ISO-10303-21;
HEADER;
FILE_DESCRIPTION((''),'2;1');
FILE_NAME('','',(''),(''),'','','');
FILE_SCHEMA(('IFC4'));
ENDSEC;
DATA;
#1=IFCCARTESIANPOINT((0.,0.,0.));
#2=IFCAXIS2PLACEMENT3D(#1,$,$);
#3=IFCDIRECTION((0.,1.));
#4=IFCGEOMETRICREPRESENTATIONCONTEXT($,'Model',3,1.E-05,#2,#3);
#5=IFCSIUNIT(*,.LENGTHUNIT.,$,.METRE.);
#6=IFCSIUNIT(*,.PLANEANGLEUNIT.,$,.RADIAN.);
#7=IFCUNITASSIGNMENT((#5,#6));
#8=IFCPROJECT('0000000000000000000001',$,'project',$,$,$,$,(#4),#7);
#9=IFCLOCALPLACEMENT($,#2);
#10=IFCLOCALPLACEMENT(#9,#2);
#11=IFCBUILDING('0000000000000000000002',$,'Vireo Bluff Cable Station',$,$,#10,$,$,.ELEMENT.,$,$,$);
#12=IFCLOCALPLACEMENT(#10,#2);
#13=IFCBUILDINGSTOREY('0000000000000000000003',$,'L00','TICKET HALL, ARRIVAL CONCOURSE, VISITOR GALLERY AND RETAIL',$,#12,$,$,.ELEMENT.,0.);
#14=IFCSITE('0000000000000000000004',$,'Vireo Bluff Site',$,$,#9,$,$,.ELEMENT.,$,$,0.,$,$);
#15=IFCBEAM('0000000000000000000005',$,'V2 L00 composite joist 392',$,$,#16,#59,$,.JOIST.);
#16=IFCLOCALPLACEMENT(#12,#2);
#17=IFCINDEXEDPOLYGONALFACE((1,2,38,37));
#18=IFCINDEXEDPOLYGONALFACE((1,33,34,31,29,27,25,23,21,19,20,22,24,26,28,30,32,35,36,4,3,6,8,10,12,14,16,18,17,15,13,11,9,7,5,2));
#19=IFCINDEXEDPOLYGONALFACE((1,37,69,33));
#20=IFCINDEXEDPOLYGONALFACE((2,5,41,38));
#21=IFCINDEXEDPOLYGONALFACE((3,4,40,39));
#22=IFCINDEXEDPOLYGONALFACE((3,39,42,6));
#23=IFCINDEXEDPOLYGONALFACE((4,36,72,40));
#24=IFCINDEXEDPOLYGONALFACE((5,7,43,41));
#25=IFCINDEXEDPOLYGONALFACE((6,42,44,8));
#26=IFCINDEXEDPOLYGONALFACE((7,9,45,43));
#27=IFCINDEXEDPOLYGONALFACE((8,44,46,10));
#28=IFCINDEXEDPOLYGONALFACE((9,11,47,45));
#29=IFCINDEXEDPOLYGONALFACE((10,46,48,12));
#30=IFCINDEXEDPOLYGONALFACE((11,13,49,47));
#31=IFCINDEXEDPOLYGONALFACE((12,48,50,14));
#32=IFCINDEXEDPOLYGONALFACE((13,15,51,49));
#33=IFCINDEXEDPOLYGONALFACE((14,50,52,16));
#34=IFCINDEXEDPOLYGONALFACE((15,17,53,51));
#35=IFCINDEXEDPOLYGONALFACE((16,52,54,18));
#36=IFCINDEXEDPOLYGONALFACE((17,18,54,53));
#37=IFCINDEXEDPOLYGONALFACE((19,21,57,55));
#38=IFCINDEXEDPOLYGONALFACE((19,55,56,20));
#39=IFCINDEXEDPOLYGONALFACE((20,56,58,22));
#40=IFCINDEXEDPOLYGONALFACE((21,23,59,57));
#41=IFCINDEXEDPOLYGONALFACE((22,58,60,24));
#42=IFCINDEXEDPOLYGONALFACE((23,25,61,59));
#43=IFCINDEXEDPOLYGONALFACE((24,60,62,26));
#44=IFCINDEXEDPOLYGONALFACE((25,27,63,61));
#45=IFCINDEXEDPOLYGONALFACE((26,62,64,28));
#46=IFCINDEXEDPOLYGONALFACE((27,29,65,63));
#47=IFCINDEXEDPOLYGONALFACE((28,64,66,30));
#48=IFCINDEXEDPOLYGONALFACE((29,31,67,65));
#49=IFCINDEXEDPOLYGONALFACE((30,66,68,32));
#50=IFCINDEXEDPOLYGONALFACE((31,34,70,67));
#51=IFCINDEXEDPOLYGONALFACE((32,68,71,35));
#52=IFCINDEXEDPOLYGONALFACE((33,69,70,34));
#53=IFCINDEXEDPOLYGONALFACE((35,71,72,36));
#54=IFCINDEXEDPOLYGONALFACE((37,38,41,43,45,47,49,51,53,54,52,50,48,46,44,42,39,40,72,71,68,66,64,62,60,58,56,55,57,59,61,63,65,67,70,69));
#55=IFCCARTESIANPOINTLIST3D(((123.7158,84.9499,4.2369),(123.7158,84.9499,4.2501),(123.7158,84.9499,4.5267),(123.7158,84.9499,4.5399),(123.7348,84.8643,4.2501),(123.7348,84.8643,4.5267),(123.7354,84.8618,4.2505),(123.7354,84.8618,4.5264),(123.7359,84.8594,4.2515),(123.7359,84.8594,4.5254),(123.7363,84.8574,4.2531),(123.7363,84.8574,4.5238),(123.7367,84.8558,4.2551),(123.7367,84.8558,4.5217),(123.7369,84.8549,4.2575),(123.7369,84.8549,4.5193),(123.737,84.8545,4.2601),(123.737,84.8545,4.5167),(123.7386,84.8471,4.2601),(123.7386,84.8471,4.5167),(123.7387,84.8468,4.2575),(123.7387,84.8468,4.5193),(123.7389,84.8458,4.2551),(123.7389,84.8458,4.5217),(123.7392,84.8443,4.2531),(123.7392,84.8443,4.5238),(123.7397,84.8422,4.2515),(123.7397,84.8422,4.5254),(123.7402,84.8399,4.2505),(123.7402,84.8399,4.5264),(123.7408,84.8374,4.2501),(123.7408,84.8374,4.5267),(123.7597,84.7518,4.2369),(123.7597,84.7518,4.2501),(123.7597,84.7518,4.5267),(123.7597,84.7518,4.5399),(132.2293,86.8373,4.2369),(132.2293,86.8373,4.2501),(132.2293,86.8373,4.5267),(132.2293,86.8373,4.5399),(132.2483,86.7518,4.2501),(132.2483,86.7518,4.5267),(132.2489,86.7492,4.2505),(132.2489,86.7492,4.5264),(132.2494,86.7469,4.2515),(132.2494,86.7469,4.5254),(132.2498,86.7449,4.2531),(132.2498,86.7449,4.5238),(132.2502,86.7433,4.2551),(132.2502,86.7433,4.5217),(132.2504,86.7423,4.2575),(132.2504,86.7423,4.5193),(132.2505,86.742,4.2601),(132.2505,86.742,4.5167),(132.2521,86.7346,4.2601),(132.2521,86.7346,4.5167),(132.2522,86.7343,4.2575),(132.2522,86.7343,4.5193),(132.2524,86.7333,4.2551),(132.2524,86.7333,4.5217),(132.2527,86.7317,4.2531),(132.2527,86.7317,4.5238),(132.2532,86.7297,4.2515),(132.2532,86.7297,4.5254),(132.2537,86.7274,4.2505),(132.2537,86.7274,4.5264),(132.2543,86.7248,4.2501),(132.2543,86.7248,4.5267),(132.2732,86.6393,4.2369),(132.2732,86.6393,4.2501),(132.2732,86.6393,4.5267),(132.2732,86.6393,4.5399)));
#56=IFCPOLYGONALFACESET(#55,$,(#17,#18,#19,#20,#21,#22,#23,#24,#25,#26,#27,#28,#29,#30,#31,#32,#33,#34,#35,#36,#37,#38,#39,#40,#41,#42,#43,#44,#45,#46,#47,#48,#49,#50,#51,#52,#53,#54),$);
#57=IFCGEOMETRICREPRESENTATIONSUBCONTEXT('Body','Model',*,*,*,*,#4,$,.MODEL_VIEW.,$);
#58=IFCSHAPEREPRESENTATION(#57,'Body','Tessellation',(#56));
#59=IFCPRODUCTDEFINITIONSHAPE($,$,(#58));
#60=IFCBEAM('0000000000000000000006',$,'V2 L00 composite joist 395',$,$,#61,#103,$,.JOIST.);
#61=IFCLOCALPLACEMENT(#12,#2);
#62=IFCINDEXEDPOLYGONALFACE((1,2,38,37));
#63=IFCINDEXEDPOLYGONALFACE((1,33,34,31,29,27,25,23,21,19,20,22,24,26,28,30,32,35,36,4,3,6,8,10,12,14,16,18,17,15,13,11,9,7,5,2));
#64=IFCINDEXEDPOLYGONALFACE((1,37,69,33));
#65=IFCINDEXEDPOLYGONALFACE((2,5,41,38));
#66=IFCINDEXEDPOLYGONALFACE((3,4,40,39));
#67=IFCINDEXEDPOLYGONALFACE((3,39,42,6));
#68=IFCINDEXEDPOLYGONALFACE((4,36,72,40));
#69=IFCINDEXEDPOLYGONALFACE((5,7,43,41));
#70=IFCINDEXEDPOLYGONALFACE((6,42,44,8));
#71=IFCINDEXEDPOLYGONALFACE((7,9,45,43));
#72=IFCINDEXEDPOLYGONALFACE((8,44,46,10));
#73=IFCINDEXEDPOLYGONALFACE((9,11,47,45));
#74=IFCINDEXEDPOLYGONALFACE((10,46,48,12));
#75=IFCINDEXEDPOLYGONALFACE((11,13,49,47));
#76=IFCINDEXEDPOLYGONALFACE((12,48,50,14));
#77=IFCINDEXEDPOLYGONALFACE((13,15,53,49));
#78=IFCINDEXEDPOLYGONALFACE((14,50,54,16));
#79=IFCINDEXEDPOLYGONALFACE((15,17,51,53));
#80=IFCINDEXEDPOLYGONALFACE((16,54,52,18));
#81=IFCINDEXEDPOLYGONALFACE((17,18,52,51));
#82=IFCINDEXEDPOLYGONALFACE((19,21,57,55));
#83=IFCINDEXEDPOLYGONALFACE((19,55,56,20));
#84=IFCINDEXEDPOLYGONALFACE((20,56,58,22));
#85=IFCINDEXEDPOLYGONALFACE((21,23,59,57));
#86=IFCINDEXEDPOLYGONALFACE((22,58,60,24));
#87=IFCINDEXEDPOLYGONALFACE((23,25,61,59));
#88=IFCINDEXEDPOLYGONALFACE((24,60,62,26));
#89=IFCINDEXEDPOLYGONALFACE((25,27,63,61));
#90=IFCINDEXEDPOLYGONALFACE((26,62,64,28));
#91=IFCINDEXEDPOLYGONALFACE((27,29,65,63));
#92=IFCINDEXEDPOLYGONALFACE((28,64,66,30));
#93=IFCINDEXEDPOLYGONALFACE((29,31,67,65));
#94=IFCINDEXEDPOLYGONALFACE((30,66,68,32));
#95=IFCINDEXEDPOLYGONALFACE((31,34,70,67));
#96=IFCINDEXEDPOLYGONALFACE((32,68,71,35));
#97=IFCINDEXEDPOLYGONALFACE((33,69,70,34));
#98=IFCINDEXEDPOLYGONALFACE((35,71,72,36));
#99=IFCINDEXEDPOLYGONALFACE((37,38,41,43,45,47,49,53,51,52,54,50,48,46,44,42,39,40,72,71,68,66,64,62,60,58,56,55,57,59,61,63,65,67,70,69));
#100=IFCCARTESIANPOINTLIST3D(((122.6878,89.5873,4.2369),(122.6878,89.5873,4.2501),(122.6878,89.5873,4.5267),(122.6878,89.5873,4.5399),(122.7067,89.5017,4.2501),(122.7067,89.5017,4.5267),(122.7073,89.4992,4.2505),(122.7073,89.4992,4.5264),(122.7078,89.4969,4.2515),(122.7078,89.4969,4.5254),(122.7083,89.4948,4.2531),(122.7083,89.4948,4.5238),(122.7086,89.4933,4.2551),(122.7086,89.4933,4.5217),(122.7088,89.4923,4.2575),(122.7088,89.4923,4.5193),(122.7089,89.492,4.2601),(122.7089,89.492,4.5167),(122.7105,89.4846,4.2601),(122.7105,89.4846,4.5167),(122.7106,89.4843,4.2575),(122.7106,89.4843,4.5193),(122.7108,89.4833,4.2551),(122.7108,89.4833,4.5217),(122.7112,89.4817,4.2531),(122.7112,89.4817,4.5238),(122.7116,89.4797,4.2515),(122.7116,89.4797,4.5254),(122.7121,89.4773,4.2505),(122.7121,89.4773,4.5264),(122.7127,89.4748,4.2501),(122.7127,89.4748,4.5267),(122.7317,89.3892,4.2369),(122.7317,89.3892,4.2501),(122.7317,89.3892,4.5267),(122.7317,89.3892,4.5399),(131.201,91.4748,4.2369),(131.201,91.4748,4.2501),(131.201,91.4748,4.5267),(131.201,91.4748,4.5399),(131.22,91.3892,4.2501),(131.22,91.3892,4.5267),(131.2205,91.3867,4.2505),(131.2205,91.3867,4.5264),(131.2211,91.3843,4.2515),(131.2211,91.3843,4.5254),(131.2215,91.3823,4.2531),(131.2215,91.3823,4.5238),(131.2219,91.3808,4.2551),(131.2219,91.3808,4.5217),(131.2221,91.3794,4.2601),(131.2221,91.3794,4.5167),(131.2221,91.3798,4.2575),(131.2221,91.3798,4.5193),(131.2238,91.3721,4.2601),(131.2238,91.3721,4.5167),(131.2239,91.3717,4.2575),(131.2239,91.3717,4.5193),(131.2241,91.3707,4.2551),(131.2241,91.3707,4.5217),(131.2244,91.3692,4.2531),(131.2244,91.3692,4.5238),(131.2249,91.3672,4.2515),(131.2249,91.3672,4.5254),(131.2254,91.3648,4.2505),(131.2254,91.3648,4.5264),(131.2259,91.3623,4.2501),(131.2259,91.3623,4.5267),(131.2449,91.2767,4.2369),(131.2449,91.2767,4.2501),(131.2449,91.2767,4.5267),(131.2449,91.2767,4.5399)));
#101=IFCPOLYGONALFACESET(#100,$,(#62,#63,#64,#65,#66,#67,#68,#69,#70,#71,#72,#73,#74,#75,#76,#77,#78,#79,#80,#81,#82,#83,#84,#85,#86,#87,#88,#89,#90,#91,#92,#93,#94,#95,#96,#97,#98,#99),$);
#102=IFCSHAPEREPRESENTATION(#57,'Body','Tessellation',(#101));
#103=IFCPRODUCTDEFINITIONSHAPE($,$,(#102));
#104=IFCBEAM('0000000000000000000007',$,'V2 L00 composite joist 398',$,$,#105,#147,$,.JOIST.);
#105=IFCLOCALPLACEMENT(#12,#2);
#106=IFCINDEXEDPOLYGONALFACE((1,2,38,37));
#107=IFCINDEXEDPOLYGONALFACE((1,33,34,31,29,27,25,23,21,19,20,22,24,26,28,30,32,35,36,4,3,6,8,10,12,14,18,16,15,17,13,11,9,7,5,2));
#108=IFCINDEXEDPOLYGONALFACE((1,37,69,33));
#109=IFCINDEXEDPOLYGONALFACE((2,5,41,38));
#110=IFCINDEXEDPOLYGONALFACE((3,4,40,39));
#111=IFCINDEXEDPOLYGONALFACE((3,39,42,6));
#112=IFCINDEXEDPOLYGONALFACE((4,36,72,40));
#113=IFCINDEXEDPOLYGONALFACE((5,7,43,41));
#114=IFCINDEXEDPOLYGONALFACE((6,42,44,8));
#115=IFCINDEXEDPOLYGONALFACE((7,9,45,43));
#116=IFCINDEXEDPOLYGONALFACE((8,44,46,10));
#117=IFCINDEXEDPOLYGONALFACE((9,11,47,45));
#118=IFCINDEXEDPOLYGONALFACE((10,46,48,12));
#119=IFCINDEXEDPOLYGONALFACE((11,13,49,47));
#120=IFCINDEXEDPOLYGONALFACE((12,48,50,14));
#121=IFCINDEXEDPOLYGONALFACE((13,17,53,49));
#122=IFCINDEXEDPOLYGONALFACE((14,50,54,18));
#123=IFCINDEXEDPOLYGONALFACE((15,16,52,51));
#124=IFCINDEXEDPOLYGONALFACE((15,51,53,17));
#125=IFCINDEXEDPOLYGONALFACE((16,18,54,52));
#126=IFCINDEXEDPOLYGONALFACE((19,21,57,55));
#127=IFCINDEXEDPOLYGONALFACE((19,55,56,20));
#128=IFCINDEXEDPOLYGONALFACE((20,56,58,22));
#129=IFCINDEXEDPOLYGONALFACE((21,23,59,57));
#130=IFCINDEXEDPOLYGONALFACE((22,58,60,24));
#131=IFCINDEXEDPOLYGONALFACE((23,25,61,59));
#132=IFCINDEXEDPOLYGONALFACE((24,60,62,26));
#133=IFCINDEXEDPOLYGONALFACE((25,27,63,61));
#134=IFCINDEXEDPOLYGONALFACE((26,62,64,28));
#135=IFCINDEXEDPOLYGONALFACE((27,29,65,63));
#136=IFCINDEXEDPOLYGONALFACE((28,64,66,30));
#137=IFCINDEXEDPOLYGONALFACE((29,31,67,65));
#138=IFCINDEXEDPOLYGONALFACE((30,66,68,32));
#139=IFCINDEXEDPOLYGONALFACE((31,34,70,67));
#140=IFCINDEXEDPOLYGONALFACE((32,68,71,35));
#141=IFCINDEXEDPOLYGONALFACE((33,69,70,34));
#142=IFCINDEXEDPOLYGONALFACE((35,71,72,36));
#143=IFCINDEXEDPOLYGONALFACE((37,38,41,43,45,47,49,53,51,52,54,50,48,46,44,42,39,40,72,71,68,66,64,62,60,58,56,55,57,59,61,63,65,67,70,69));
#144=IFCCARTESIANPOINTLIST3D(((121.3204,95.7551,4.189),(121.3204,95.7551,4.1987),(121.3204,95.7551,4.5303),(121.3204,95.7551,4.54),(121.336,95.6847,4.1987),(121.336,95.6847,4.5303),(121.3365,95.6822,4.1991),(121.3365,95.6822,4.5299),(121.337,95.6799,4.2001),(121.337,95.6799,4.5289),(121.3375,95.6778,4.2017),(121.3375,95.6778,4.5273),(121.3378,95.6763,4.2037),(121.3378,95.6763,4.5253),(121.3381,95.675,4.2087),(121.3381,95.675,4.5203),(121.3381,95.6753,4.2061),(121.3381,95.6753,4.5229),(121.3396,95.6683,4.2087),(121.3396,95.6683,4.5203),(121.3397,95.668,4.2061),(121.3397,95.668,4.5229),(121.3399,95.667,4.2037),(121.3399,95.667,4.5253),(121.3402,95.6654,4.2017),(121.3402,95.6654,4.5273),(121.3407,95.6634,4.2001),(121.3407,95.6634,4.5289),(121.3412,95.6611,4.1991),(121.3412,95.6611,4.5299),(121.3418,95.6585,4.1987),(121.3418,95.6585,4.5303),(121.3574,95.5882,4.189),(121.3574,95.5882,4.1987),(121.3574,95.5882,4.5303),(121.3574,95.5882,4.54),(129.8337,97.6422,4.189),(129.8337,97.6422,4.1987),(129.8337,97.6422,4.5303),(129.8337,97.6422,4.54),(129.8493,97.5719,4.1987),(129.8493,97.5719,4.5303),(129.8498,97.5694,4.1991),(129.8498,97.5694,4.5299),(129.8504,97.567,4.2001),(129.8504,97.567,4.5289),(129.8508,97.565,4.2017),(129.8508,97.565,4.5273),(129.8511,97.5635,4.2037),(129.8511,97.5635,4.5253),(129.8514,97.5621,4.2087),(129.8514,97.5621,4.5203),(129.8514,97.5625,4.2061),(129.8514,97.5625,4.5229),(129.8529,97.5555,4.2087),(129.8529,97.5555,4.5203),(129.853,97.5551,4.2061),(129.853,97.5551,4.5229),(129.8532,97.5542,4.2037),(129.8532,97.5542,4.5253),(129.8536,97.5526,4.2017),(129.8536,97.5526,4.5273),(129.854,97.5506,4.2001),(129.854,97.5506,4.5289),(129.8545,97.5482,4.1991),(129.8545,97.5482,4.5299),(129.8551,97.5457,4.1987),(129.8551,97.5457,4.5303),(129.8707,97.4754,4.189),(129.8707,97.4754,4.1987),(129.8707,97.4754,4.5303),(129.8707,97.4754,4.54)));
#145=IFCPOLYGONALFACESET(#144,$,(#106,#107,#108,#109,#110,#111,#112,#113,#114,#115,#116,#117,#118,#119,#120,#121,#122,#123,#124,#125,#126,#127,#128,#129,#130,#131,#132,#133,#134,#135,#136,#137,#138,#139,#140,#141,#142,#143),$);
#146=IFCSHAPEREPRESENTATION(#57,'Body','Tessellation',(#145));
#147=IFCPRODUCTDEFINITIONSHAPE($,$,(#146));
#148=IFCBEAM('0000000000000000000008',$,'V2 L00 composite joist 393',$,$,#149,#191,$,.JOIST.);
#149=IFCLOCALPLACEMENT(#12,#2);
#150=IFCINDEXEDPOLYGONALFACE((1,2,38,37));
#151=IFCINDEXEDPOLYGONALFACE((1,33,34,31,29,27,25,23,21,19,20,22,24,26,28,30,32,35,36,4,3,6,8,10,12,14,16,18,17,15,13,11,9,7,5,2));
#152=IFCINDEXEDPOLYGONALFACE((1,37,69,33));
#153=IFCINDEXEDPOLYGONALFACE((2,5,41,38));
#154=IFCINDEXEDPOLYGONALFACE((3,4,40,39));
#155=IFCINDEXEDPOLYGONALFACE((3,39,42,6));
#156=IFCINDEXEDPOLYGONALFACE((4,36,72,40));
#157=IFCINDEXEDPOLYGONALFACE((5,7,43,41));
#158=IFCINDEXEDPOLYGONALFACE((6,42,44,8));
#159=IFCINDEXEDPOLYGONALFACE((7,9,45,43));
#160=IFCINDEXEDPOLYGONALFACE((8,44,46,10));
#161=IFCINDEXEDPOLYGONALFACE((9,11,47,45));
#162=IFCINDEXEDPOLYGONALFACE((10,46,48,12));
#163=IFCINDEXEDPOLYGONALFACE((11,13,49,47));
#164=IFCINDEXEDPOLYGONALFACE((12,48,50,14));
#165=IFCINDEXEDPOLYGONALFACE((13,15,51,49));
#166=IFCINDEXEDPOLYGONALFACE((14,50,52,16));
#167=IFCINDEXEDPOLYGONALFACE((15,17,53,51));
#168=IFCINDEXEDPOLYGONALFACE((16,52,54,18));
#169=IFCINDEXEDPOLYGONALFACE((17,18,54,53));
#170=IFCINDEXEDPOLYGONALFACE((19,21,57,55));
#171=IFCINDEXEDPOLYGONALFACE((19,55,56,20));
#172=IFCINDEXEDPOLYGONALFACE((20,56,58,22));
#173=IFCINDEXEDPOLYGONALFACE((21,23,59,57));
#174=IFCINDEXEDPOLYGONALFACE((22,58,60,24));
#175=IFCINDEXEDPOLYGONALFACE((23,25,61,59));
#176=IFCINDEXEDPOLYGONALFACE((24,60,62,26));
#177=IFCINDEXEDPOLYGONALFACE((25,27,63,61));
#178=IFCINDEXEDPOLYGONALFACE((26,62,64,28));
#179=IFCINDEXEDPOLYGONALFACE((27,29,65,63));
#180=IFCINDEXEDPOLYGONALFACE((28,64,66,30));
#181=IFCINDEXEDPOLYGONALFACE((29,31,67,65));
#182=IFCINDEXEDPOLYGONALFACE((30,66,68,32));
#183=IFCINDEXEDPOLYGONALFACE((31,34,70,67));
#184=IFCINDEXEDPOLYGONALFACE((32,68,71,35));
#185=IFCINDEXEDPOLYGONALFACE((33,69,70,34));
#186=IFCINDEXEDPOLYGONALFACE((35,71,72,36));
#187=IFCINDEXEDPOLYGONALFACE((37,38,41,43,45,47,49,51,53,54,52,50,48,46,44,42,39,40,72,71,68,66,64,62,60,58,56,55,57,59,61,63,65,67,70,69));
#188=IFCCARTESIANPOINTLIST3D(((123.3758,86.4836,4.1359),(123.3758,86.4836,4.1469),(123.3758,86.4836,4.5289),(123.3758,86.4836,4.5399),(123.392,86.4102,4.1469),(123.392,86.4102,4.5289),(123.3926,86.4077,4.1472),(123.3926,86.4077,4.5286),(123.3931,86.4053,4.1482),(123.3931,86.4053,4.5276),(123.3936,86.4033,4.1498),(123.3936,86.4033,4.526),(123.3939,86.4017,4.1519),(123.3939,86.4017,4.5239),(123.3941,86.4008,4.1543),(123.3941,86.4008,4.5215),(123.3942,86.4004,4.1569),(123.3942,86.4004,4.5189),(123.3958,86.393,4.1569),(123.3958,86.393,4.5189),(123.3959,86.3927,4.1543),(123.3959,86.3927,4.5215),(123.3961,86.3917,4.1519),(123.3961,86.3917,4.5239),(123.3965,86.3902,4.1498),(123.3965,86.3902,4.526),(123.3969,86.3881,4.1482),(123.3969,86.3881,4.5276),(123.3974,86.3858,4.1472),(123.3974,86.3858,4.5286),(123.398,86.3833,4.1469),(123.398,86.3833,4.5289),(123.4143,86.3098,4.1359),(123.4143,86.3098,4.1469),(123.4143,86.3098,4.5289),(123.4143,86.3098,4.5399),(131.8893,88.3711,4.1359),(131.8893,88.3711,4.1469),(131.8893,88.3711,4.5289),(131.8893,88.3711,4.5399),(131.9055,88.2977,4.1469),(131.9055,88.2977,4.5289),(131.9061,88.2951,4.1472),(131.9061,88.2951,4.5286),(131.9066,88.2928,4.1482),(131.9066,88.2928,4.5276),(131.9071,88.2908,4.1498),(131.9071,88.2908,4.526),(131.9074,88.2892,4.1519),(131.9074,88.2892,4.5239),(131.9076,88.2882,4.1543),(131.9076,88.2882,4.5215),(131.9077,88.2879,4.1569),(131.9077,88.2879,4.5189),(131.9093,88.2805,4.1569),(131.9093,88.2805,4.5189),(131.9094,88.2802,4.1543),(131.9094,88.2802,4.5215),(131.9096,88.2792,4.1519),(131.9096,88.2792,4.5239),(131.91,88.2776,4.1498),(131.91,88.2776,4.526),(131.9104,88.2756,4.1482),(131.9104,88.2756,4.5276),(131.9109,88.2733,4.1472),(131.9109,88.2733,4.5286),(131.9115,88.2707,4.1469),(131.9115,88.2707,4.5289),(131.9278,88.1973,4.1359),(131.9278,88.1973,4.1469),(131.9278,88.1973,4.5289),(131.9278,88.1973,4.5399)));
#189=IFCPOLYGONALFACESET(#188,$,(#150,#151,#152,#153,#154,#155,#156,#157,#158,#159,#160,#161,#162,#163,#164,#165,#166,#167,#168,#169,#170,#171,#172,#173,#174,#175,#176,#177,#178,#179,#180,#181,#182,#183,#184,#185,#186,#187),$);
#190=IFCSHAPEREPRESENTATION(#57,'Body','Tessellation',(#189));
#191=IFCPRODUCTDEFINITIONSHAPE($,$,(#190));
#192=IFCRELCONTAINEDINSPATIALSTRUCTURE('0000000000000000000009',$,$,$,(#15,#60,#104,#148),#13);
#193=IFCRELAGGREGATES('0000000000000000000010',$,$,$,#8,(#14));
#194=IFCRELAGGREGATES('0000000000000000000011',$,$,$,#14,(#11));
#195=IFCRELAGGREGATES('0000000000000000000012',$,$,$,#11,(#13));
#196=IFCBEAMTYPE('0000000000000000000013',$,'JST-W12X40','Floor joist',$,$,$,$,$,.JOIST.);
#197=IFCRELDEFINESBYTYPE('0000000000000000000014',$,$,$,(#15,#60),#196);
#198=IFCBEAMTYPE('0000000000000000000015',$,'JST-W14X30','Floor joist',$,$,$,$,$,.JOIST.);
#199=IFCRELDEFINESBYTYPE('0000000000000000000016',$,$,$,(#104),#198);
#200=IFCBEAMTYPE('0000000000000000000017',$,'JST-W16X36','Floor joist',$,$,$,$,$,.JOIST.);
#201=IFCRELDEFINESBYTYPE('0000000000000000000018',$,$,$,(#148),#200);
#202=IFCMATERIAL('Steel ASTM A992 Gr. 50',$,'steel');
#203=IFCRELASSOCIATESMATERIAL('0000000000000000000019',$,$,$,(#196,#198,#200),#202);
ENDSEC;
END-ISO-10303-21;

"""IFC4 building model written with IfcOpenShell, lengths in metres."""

from ifc_helpers import new_model, si_unit, direction, frame, origin, origin_2d, place, context, subcontext, project, spatial, i_section, extrude, material, material_profile, profile_set, type_object, element, save


model = new_model("IFC4")

# Units and contexts
model_context = context("Model", 3, precision=1e-05, world=origin(), true_north=direction((0.0, 1.0)))
body_context = subcontext(model_context, "Body", "Model", "MODEL_VIEW")
ifc_project = project(units=[si_unit("LENGTHUNIT", "METRE"), si_unit("PLANEANGLEUNIT", "RADIAN")], contexts=[model_context])

# Site, building, storey
site_placement = place(None, origin())
site = spatial("IfcSite", under=ifc_project, at=site_placement, Name="Vireo Bluff Site", CompositionType="ELEMENT", RefElevation=0.0)
building_placement = place(site_placement, origin())
building = spatial("IfcBuilding", under=site, at=building_placement, Name="Vireo Bluff Cable Station", CompositionType="ELEMENT")
storey_placement = place(building_placement, origin())
storey = spatial("IfcBuildingStorey", under=building, at=storey_placement, Name="L00", Description="TICKET HALL, ARRIVAL CONCOURSE, VISITOR GALLERY AND RETAIL", CompositionType="ELEMENT", Elevation=0.0)

# Shared definitions
ifc_material_1 = material(Name="Steel ASTM A992 Gr. 50", Category="steel")

# Beams
ifc_material_profile_1 = material_profile(ifc_material_1, i_section(OverallWidth=0.2029, OverallDepth=0.303, WebThickness=0.0076, FlangeThickness=0.0132, FilletRadius=0.01, at=origin_2d()), Name="W12X40")
ifc_profile_set_1 = profile_set([ifc_material_profile_1], Name="Steel ASTM A992 Gr. 50")
beam_type_1 = type_object("IfcBeamType", Name="JST-W12X40", Description="Floor joist", PredefinedType="JOIST", material=ifc_profile_set_1)
beam_1_placement = place(storey_placement, frame((123.7378, 84.8508, 4.3884), z_axis=(0.976294, 0.216447, 0.0), x_axis=(-0.216447, 0.976294, 0.0)))
element("IfcBeam", 1, at=beam_1_placement, inside=storey, type_object=beam_type_1, Name="V2 L00 composite joist 392", PredefinedType="JOIST", context=body_context, shape_type="SweptSolid", body=[
    extrude(i_section(OverallWidth=0.2029, OverallDepth=0.303, WebThickness=0.0076, FlangeThickness=0.0132, FilletRadius=0.01, at=origin_2d()), origin(), (0.0, 0.0, 1.0), 8.7202),
])
beam_2_placement = place(storey_placement, frame((122.7097, 89.4883, 4.3884), z_axis=(0.976293, 0.216453, 0.0), x_axis=(-0.216453, 0.976293, 0.0)))
element("IfcBeam", 2, at=beam_2_placement, inside=storey, type_object=beam_type_1, Name="V2 L00 composite joist 395", PredefinedType="JOIST", context=body_context, shape_type="SweptSolid", body=[
    extrude(i_section(OverallWidth=0.2029, OverallDepth=0.303, WebThickness=0.0076, FlangeThickness=0.0132, FilletRadius=0.01, at=origin_2d()), origin(), (0.0, 0.0, 1.0), 8.72),
])
ifc_material_profile_2 = material_profile(ifc_material_1, i_section(OverallWidth=0.1709, OverallDepth=0.3511, WebThickness=0.0068, FlangeThickness=0.0098, FilletRadius=0.01, at=origin_2d()), Name="W14X30")
ifc_profile_set_2 = profile_set([ifc_material_profile_2], Name="Steel ASTM A992 Gr. 50")
beam_type_2 = type_object("IfcBeamType", Name="JST-W14X30", Description="Floor joist", PredefinedType="JOIST", material=ifc_profile_set_2)
beam_3_placement = place(storey_placement, frame((121.3389, 95.6716, 4.3645), z_axis=(0.9763, 0.216421, 0.0), x_axis=(-0.216421, 0.9763, 0.0)))
element("IfcBeam", 3, at=beam_3_placement, inside=storey, type_object=beam_type_2, Name="V2 L00 composite joist 398", PredefinedType="JOIST", context=body_context, shape_type="SweptSolid", body=[
    extrude(i_section(OverallWidth=0.1709, OverallDepth=0.3511, WebThickness=0.0068, FlangeThickness=0.0098, FilletRadius=0.01, at=origin_2d()), origin(), (0.0, 0.0, 1.0), 8.72),
])
ifc_material_profile_3 = material_profile(ifc_material_1, i_section(OverallWidth=0.178, OverallDepth=0.4041, WebThickness=0.0076, FlangeThickness=0.011, FilletRadius=0.01, at=origin_2d()), Name="W16X36")
ifc_profile_set_3 = profile_set([ifc_material_profile_3], Name="Steel ASTM A992 Gr. 50")
beam_type_3 = type_object("IfcBeamType", Name="JST-W16X36", Description="Floor joist", PredefinedType="JOIST", material=ifc_profile_set_3)
beam_4_placement = place(storey_placement, frame((123.395, 86.3967, 4.3379), z_axis=(0.976294, 0.216447, 0.0), x_axis=(-0.216447, 0.976294, 0.0)))
element("IfcBeam", 4, at=beam_4_placement, inside=storey, type_object=beam_type_3, Name="V2 L00 composite joist 393", PredefinedType="JOIST", context=body_context, shape_type="SweptSolid", body=[
    extrude(i_section(OverallWidth=0.178, OverallDepth=0.4041, WebThickness=0.0076, FlangeThickness=0.011, FilletRadius=0.01, at=origin_2d()), origin(), (0.0, 0.0, 1.0), 8.7202),
])

save(model, "model.ifc")
